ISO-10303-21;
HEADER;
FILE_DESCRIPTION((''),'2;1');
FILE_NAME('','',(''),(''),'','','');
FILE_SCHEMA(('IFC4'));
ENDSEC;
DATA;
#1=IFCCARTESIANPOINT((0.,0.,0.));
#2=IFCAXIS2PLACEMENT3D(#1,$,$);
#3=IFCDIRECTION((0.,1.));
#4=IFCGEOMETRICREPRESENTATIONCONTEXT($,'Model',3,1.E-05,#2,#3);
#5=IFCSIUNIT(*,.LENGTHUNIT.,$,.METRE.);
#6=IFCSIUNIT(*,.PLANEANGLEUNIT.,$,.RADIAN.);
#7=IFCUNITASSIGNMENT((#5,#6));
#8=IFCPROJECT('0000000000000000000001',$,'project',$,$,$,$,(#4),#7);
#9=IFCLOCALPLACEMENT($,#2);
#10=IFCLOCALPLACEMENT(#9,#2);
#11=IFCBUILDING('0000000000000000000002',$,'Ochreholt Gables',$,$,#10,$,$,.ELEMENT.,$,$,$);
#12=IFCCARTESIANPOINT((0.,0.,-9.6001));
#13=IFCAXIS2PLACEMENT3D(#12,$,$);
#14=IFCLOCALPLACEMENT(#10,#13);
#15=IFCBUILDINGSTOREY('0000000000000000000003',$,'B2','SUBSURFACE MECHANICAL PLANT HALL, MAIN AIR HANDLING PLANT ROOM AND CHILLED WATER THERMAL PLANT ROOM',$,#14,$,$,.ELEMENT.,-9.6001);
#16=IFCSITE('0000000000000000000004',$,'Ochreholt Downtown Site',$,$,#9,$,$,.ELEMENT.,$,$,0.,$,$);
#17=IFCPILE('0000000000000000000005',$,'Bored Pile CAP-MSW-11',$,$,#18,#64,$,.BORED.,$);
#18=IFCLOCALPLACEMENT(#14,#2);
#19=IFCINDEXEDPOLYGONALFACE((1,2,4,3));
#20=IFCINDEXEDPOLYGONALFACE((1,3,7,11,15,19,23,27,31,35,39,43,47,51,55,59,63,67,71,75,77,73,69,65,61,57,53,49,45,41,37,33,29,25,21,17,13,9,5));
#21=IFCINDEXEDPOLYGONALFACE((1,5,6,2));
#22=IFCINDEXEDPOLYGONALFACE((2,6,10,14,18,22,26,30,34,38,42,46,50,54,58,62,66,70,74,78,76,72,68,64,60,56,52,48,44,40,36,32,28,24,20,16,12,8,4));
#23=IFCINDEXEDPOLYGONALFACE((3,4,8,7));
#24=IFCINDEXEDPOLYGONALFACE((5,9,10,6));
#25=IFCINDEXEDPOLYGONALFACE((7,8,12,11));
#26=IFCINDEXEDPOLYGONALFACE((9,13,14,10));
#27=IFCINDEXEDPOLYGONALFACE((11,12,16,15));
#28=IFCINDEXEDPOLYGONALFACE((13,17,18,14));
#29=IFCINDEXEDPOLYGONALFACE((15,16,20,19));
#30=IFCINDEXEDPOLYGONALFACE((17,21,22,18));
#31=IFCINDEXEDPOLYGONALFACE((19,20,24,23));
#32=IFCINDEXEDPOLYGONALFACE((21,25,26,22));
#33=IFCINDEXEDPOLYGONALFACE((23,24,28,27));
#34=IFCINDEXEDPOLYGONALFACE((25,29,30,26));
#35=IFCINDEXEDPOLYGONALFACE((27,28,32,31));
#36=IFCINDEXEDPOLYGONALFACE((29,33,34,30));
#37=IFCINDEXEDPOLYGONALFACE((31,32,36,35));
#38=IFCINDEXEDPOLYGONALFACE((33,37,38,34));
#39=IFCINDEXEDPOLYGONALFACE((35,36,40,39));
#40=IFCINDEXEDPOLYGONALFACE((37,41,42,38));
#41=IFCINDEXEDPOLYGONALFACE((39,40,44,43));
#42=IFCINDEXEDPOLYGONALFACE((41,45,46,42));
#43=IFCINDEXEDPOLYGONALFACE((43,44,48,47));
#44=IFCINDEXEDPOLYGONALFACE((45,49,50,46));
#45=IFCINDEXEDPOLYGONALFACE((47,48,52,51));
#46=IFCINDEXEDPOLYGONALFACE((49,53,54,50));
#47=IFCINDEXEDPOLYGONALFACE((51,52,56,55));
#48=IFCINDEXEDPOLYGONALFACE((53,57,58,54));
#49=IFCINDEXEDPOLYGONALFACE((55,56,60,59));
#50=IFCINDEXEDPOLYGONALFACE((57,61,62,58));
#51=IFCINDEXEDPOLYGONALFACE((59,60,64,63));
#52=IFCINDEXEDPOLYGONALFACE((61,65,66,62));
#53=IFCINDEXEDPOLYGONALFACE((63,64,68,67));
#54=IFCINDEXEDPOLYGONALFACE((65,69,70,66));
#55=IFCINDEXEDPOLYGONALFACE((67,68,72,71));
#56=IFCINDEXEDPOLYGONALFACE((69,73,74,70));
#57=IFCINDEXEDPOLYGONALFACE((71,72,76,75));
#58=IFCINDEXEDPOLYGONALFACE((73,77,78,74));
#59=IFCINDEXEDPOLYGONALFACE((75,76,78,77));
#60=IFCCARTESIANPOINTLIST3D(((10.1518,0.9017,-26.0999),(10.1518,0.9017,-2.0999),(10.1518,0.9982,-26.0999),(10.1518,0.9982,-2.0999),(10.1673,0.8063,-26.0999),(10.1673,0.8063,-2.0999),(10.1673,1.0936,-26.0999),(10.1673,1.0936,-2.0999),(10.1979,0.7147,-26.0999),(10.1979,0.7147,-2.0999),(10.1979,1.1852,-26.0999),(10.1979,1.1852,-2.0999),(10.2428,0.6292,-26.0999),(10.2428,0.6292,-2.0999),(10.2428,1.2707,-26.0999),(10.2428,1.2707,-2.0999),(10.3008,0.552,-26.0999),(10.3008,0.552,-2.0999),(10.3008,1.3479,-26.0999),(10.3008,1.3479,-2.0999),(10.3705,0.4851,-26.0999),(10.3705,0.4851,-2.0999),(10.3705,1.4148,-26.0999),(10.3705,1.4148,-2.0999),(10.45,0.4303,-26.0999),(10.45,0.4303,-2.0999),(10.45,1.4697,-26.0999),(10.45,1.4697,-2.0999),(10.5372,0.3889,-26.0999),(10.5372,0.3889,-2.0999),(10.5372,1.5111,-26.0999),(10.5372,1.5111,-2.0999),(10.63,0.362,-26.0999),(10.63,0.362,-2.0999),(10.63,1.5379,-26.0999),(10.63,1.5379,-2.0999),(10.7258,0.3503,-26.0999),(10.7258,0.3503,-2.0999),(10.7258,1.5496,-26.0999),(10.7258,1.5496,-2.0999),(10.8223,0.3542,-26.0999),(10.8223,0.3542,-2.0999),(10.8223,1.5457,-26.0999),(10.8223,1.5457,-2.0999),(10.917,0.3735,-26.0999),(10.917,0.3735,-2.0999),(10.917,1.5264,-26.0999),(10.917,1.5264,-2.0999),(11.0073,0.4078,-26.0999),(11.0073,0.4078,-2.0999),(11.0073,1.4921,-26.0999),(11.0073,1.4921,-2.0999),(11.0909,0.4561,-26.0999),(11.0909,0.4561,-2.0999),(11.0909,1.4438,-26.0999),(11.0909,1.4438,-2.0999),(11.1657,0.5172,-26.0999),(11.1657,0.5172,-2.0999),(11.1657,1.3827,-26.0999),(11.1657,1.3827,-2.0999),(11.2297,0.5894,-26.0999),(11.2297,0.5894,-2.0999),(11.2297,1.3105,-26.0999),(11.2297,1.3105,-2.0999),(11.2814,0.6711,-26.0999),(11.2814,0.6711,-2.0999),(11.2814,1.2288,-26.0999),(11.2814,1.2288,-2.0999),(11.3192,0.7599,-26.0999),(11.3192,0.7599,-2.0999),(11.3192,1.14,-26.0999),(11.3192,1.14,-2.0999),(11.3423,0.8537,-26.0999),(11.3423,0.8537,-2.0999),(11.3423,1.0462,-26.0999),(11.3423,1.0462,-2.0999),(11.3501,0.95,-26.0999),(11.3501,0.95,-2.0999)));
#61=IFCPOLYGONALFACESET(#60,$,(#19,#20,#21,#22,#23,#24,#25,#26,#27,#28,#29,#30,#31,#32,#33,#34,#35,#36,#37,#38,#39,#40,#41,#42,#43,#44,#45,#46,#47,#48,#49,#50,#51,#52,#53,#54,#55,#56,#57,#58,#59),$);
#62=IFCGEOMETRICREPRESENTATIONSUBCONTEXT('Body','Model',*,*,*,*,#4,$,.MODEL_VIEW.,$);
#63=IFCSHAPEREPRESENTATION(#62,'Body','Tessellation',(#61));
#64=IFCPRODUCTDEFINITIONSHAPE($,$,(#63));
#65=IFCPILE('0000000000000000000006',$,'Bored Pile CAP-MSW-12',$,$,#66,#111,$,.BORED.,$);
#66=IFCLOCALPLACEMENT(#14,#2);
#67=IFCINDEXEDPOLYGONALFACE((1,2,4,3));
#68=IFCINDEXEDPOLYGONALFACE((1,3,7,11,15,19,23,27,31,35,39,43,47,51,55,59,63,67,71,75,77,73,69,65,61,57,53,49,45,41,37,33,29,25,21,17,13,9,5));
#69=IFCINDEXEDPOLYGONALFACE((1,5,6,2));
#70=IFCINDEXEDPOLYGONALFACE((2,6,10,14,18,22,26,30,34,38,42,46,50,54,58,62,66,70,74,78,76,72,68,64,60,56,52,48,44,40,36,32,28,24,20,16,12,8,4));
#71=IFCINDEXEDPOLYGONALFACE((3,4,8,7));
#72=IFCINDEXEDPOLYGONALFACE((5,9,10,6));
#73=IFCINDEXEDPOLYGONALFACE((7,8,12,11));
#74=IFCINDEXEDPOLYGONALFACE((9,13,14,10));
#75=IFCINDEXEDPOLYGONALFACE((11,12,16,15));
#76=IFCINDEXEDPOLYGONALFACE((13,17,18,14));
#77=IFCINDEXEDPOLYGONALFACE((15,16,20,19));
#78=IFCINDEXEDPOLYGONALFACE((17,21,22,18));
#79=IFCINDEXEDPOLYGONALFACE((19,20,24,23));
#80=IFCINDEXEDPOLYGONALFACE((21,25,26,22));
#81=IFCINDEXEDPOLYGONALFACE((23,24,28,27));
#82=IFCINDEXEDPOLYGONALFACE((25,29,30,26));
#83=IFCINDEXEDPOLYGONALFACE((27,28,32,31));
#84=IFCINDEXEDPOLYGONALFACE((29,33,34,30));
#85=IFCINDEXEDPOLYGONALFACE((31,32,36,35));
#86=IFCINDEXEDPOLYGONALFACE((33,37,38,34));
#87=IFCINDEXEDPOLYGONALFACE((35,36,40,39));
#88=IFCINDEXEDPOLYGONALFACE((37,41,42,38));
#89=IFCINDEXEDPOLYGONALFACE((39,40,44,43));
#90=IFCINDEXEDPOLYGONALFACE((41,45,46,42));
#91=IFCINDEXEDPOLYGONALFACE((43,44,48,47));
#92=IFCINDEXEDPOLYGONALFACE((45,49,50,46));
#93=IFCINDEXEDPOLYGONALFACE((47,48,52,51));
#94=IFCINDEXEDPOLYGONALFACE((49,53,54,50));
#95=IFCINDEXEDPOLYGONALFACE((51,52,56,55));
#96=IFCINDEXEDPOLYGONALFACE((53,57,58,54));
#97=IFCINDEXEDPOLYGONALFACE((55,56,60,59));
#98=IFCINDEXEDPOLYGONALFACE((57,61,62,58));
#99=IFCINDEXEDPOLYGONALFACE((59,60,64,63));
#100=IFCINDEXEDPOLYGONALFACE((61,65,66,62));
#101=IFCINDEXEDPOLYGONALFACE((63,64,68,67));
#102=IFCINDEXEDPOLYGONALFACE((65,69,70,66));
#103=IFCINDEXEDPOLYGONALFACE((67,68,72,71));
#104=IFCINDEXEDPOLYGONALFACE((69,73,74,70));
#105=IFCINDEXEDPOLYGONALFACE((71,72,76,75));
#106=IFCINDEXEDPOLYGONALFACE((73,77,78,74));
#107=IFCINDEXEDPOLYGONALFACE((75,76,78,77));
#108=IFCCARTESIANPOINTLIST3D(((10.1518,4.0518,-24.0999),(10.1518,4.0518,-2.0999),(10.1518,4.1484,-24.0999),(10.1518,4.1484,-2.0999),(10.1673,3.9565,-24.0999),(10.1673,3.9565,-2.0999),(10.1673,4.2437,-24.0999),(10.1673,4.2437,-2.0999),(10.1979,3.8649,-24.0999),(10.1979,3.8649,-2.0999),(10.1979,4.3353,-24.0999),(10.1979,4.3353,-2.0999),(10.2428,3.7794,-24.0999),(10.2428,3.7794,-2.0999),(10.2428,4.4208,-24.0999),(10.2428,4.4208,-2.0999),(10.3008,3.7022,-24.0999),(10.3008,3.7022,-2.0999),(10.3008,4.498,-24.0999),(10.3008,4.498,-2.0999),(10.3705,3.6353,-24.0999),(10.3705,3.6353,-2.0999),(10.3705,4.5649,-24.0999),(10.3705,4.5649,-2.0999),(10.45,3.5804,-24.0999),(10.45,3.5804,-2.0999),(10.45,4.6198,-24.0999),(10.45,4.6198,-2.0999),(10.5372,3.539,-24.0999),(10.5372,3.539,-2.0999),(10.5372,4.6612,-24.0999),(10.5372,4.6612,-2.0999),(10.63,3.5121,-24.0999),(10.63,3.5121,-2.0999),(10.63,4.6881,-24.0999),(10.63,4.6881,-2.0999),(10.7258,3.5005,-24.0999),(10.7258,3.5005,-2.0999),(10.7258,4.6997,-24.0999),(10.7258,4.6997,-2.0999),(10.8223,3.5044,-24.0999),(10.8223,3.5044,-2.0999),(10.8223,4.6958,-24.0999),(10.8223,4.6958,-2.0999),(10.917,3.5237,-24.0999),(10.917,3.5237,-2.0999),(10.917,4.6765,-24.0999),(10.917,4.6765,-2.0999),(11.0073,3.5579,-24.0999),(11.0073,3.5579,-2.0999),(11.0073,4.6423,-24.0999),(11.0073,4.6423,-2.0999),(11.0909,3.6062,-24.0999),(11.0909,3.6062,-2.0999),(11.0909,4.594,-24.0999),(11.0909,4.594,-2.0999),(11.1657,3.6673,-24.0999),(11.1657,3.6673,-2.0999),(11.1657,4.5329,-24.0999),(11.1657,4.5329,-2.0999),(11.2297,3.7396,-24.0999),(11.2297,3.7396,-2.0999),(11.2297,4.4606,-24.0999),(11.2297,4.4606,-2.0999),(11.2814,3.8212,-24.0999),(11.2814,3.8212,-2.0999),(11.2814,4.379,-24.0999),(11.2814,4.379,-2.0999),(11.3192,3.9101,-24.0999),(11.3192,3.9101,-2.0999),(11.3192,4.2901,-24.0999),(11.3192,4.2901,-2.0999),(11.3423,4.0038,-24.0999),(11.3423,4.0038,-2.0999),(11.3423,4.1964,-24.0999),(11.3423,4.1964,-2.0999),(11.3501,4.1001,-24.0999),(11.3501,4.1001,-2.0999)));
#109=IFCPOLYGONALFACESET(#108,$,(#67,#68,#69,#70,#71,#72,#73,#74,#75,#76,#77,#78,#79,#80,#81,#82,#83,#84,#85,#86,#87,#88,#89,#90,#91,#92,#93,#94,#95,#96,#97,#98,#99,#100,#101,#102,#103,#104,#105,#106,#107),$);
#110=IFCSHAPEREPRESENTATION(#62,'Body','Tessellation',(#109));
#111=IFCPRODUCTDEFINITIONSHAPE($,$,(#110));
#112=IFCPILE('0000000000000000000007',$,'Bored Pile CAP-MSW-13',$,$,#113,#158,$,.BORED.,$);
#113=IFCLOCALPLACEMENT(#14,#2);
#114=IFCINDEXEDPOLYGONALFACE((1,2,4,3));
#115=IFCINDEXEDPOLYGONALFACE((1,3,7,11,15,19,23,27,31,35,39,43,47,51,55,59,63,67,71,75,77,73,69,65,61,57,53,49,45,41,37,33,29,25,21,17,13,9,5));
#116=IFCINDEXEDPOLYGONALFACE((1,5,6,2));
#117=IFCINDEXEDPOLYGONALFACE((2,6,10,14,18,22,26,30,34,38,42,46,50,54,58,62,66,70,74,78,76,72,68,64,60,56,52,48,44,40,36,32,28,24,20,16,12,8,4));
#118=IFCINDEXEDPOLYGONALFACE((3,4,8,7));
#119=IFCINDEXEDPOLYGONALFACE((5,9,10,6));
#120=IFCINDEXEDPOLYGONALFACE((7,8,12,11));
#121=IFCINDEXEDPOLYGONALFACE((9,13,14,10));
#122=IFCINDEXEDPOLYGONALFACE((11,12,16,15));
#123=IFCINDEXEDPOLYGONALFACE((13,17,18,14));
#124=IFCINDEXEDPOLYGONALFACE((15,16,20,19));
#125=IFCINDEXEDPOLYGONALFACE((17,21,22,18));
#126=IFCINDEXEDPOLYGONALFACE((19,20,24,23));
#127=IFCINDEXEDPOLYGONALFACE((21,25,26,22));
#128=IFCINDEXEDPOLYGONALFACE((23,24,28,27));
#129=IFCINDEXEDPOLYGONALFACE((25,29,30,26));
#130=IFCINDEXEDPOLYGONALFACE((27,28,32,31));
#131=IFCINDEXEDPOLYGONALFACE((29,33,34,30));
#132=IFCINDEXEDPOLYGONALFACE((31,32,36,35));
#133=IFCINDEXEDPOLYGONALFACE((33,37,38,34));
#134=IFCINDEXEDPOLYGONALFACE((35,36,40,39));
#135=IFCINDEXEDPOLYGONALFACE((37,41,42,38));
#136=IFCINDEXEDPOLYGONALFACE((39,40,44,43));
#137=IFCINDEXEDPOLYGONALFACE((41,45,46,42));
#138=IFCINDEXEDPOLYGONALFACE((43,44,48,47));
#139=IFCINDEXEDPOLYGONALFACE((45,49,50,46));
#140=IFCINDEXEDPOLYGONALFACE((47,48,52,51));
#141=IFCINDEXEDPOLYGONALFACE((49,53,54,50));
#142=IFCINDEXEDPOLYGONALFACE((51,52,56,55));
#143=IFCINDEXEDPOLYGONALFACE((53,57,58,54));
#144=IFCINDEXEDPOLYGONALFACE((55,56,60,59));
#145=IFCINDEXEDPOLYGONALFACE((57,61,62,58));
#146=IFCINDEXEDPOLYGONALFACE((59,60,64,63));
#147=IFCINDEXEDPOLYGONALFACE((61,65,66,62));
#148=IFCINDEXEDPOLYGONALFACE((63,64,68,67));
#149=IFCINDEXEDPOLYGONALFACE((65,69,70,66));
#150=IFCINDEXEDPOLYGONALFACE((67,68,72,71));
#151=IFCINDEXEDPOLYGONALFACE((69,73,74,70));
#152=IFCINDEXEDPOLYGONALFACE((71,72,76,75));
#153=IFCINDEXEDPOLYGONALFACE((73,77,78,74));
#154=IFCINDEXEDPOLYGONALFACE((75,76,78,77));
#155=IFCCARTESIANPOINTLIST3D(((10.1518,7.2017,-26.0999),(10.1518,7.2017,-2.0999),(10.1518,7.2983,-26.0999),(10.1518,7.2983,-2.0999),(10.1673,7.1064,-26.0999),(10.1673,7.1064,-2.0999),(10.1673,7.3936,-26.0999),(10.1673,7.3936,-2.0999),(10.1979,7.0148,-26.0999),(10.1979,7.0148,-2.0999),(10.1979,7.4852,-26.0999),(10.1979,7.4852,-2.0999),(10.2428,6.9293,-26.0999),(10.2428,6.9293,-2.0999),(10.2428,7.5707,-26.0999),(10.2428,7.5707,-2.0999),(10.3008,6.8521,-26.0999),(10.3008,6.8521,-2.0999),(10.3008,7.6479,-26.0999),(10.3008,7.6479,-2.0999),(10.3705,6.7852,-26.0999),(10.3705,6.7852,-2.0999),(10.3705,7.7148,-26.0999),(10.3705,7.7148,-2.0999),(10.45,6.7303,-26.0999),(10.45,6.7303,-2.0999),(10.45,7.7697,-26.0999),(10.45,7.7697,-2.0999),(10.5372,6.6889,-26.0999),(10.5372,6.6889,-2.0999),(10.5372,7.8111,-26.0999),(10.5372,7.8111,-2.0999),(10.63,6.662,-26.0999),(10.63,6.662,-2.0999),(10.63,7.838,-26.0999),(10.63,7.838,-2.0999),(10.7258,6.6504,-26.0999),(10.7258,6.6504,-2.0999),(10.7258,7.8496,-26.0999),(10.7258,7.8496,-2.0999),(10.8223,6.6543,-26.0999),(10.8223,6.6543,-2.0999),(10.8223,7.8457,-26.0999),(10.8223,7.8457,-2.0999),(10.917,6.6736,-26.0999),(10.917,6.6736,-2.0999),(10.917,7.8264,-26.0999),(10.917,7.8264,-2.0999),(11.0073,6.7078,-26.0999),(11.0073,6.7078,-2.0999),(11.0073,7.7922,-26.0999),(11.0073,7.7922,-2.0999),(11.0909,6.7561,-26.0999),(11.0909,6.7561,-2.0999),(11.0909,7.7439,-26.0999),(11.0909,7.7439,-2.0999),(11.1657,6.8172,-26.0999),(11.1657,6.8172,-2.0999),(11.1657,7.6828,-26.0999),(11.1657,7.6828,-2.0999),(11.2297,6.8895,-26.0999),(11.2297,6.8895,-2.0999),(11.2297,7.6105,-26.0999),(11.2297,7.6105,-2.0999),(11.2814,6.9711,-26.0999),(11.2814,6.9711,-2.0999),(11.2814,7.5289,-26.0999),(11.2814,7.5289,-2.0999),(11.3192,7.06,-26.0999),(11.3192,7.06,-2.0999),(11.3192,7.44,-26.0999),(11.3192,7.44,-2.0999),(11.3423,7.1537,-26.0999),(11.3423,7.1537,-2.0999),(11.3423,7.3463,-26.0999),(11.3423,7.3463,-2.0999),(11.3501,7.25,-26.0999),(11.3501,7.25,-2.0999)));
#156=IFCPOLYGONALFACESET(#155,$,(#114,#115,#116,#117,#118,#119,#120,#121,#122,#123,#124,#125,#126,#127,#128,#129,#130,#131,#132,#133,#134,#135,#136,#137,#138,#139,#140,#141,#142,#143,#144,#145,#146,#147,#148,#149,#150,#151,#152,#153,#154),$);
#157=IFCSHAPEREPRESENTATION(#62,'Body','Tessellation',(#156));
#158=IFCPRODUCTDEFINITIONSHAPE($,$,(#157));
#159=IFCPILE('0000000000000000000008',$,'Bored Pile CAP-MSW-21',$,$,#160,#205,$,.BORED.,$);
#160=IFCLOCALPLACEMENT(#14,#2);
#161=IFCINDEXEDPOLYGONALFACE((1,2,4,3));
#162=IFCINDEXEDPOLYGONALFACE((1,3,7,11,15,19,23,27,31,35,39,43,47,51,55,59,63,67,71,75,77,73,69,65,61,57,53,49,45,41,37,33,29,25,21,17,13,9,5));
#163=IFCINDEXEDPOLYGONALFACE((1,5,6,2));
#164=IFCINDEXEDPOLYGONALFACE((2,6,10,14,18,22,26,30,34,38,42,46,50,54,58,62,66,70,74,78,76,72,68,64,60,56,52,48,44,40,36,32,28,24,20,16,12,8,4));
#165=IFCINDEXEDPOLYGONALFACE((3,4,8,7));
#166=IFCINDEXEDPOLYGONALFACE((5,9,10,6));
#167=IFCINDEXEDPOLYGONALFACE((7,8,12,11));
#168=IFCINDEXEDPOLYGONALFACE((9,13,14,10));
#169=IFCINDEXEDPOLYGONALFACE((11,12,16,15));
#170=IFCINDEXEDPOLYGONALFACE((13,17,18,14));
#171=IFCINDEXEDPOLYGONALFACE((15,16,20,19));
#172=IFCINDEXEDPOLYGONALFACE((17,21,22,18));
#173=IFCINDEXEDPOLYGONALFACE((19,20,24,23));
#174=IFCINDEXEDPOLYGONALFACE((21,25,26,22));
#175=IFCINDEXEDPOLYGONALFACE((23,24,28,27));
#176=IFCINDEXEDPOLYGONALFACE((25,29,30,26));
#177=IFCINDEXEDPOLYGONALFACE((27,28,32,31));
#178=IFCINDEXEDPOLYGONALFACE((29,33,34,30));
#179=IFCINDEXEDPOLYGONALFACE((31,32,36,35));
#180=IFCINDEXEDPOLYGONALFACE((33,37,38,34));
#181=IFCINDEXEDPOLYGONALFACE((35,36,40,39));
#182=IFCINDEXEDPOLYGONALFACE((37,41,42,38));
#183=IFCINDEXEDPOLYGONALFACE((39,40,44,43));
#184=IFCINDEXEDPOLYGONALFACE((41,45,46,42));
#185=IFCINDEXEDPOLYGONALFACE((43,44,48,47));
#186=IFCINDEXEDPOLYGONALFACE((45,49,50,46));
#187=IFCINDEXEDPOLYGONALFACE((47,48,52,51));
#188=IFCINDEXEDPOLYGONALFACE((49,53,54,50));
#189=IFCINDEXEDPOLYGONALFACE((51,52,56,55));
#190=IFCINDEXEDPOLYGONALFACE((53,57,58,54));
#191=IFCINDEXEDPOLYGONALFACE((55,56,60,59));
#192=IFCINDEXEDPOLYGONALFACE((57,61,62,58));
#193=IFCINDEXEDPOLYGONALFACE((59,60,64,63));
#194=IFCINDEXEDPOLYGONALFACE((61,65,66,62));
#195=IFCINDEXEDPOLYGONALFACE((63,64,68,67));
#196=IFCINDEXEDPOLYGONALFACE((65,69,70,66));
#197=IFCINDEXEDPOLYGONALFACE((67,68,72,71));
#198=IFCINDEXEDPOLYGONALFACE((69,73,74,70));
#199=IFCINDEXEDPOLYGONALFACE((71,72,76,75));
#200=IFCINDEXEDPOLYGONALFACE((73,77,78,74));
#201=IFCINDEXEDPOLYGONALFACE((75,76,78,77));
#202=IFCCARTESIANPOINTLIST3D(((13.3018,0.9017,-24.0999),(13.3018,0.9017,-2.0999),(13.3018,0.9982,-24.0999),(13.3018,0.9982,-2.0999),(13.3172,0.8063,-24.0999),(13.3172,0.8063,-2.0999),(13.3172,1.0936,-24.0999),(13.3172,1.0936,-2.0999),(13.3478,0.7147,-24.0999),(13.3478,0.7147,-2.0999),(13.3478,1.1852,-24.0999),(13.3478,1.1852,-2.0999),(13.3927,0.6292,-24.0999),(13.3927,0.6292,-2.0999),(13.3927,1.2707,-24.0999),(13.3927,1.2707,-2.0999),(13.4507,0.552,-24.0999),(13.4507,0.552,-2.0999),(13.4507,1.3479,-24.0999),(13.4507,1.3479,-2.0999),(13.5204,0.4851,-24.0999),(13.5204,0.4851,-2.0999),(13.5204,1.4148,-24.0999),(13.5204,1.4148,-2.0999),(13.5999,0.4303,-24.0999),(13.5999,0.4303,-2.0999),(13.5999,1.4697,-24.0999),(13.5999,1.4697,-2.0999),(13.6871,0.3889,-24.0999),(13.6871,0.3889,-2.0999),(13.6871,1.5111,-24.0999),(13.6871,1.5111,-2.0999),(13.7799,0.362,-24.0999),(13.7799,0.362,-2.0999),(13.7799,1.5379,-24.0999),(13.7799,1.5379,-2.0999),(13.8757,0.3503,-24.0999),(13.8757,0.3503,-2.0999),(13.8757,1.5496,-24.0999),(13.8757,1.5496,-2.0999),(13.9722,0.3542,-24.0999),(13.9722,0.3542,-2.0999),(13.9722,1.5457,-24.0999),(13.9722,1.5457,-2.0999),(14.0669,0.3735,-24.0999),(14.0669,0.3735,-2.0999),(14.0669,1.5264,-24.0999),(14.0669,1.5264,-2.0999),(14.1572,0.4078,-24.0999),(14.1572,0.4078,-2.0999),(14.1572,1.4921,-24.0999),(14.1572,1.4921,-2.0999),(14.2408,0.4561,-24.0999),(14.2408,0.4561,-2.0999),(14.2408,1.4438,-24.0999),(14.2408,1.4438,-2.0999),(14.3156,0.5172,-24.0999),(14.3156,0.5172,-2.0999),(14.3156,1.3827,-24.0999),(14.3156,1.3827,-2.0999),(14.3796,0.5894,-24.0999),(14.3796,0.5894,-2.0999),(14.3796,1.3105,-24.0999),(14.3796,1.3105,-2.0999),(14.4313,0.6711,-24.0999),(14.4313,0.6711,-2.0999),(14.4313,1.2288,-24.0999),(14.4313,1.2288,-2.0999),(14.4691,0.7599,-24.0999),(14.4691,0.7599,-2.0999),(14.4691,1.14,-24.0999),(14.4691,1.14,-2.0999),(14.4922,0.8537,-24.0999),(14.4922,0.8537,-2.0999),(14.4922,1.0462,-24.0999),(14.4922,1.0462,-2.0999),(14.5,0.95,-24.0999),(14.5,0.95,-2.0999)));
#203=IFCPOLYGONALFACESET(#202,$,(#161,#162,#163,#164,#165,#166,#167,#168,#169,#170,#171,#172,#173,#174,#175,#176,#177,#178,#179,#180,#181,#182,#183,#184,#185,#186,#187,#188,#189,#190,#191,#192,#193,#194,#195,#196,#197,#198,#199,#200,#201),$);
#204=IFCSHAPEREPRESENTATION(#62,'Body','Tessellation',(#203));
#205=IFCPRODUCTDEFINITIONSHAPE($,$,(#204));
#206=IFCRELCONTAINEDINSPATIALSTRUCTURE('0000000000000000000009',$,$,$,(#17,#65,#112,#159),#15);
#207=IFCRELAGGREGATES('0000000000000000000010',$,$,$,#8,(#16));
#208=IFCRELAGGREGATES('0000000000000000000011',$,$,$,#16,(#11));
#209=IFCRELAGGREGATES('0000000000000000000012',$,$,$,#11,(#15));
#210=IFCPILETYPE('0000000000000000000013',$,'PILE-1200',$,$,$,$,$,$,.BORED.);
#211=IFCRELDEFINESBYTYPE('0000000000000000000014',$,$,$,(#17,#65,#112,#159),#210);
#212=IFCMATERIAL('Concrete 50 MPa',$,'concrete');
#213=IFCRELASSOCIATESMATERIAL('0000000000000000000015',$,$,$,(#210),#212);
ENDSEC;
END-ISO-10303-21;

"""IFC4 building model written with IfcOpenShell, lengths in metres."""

from ifc_helpers import new_model, si_unit, direction, frame, origin, origin_2d, place, context, subcontext, project, spatial, circle, extrude, material, material_profile, profile_set, type_object, element, save


model = new_model("IFC4")

# Units and contexts
model_context = context("Model", 3, precision=1e-05, world=origin(), true_north=direction((0.0, 1.0)))
body_context = subcontext(model_context, "Body", "Model", "MODEL_VIEW")
ifc_project = project(units=[si_unit("LENGTHUNIT", "METRE"), si_unit("PLANEANGLEUNIT", "RADIAN")], contexts=[model_context])

# Site, building, storey
site_placement = place(None, origin())
site = spatial("IfcSite", under=ifc_project, at=site_placement, Name="Ochreholt Downtown Site", CompositionType="ELEMENT", RefElevation=0.0)
building_placement = place(site_placement, origin())
building = spatial("IfcBuilding", under=site, at=building_placement, Name="Ochreholt Gables", CompositionType="ELEMENT")
storey_placement = place(building_placement, frame((0.0, 0.0, -9.6001)))
storey = spatial("IfcBuildingStorey", under=building, at=storey_placement, Name="B2", Description="SUBSURFACE MECHANICAL PLANT HALL, MAIN AIR HANDLING PLANT ROOM AND CHILLED WATER THERMAL PLANT ROOM", CompositionType="ELEMENT", Elevation=-9.6001)

# Piles
ifc_material_1 = material(Name="Concrete 50 MPa", Category="concrete")
ifc_material_profile_1 = material_profile(ifc_material_1, circle(Radius=0.6001, at=origin_2d()), Name="PILE1200")
ifc_profile_set_1 = profile_set([ifc_material_profile_1], Name="Concrete 50 MPa")
pile_type = type_object("IfcPileType", Name="PILE-1200", PredefinedType="BORED", material=ifc_profile_set_1)
pile_1_placement = place(storey_placement, frame((10.75, 0.95, -2.0999), z_axis=(0.0, 0.0, -1.0), x_axis=(1.0, 0.0, 0.0)))
element("IfcPile", 1, at=pile_1_placement, inside=storey, type_object=pile_type, Name="Bored Pile CAP-MSW-11", PredefinedType="BORED", context=body_context, shape_type="SweptSolid", body=[
    extrude(circle(Radius=0.6001, at=origin_2d()), origin(), (0.0, 0.0, 1.0), 24.0),
])
pile_2_placement = place(storey_placement, frame((10.75, 4.1001, -2.0999), z_axis=(0.0, 0.0, -1.0), x_axis=(1.0, 0.0, 0.0)))
element("IfcPile", 2, at=pile_2_placement, inside=storey, type_object=pile_type, Name="Bored Pile CAP-MSW-12", PredefinedType="BORED", context=body_context, shape_type="SweptSolid", body=[
    extrude(circle(Radius=0.6001, at=origin_2d()), origin(), (0.0, 0.0, 1.0), 22.0),
])
pile_3_placement = place(storey_placement, frame((10.75, 7.25, -2.0999), z_axis=(0.0, 0.0, -1.0), x_axis=(1.0, 0.0, 0.0)))
element("IfcPile", 3, at=pile_3_placement, inside=storey, type_object=pile_type, Name="Bored Pile CAP-MSW-13", PredefinedType="BORED", context=body_context, shape_type="SweptSolid", body=[
    extrude(circle(Radius=0.6001, at=origin_2d()), origin(), (0.0, 0.0, 1.0), 24.0),
])
pile_4_placement = place(storey_placement, frame((13.8999, 0.95, -2.0999), z_axis=(0.0, 0.0, -1.0), x_axis=(1.0, 0.0, 0.0)))
element("IfcPile", 4, at=pile_4_placement, inside=storey, type_object=pile_type, Name="Bored Pile CAP-MSW-21", PredefinedType="BORED", context=body_context, shape_type="SweptSolid", body=[
    extrude(circle(Radius=0.6001, at=origin_2d()), origin(), (0.0, 0.0, 1.0), 22.0),
])

save(model, "model.ifc")
